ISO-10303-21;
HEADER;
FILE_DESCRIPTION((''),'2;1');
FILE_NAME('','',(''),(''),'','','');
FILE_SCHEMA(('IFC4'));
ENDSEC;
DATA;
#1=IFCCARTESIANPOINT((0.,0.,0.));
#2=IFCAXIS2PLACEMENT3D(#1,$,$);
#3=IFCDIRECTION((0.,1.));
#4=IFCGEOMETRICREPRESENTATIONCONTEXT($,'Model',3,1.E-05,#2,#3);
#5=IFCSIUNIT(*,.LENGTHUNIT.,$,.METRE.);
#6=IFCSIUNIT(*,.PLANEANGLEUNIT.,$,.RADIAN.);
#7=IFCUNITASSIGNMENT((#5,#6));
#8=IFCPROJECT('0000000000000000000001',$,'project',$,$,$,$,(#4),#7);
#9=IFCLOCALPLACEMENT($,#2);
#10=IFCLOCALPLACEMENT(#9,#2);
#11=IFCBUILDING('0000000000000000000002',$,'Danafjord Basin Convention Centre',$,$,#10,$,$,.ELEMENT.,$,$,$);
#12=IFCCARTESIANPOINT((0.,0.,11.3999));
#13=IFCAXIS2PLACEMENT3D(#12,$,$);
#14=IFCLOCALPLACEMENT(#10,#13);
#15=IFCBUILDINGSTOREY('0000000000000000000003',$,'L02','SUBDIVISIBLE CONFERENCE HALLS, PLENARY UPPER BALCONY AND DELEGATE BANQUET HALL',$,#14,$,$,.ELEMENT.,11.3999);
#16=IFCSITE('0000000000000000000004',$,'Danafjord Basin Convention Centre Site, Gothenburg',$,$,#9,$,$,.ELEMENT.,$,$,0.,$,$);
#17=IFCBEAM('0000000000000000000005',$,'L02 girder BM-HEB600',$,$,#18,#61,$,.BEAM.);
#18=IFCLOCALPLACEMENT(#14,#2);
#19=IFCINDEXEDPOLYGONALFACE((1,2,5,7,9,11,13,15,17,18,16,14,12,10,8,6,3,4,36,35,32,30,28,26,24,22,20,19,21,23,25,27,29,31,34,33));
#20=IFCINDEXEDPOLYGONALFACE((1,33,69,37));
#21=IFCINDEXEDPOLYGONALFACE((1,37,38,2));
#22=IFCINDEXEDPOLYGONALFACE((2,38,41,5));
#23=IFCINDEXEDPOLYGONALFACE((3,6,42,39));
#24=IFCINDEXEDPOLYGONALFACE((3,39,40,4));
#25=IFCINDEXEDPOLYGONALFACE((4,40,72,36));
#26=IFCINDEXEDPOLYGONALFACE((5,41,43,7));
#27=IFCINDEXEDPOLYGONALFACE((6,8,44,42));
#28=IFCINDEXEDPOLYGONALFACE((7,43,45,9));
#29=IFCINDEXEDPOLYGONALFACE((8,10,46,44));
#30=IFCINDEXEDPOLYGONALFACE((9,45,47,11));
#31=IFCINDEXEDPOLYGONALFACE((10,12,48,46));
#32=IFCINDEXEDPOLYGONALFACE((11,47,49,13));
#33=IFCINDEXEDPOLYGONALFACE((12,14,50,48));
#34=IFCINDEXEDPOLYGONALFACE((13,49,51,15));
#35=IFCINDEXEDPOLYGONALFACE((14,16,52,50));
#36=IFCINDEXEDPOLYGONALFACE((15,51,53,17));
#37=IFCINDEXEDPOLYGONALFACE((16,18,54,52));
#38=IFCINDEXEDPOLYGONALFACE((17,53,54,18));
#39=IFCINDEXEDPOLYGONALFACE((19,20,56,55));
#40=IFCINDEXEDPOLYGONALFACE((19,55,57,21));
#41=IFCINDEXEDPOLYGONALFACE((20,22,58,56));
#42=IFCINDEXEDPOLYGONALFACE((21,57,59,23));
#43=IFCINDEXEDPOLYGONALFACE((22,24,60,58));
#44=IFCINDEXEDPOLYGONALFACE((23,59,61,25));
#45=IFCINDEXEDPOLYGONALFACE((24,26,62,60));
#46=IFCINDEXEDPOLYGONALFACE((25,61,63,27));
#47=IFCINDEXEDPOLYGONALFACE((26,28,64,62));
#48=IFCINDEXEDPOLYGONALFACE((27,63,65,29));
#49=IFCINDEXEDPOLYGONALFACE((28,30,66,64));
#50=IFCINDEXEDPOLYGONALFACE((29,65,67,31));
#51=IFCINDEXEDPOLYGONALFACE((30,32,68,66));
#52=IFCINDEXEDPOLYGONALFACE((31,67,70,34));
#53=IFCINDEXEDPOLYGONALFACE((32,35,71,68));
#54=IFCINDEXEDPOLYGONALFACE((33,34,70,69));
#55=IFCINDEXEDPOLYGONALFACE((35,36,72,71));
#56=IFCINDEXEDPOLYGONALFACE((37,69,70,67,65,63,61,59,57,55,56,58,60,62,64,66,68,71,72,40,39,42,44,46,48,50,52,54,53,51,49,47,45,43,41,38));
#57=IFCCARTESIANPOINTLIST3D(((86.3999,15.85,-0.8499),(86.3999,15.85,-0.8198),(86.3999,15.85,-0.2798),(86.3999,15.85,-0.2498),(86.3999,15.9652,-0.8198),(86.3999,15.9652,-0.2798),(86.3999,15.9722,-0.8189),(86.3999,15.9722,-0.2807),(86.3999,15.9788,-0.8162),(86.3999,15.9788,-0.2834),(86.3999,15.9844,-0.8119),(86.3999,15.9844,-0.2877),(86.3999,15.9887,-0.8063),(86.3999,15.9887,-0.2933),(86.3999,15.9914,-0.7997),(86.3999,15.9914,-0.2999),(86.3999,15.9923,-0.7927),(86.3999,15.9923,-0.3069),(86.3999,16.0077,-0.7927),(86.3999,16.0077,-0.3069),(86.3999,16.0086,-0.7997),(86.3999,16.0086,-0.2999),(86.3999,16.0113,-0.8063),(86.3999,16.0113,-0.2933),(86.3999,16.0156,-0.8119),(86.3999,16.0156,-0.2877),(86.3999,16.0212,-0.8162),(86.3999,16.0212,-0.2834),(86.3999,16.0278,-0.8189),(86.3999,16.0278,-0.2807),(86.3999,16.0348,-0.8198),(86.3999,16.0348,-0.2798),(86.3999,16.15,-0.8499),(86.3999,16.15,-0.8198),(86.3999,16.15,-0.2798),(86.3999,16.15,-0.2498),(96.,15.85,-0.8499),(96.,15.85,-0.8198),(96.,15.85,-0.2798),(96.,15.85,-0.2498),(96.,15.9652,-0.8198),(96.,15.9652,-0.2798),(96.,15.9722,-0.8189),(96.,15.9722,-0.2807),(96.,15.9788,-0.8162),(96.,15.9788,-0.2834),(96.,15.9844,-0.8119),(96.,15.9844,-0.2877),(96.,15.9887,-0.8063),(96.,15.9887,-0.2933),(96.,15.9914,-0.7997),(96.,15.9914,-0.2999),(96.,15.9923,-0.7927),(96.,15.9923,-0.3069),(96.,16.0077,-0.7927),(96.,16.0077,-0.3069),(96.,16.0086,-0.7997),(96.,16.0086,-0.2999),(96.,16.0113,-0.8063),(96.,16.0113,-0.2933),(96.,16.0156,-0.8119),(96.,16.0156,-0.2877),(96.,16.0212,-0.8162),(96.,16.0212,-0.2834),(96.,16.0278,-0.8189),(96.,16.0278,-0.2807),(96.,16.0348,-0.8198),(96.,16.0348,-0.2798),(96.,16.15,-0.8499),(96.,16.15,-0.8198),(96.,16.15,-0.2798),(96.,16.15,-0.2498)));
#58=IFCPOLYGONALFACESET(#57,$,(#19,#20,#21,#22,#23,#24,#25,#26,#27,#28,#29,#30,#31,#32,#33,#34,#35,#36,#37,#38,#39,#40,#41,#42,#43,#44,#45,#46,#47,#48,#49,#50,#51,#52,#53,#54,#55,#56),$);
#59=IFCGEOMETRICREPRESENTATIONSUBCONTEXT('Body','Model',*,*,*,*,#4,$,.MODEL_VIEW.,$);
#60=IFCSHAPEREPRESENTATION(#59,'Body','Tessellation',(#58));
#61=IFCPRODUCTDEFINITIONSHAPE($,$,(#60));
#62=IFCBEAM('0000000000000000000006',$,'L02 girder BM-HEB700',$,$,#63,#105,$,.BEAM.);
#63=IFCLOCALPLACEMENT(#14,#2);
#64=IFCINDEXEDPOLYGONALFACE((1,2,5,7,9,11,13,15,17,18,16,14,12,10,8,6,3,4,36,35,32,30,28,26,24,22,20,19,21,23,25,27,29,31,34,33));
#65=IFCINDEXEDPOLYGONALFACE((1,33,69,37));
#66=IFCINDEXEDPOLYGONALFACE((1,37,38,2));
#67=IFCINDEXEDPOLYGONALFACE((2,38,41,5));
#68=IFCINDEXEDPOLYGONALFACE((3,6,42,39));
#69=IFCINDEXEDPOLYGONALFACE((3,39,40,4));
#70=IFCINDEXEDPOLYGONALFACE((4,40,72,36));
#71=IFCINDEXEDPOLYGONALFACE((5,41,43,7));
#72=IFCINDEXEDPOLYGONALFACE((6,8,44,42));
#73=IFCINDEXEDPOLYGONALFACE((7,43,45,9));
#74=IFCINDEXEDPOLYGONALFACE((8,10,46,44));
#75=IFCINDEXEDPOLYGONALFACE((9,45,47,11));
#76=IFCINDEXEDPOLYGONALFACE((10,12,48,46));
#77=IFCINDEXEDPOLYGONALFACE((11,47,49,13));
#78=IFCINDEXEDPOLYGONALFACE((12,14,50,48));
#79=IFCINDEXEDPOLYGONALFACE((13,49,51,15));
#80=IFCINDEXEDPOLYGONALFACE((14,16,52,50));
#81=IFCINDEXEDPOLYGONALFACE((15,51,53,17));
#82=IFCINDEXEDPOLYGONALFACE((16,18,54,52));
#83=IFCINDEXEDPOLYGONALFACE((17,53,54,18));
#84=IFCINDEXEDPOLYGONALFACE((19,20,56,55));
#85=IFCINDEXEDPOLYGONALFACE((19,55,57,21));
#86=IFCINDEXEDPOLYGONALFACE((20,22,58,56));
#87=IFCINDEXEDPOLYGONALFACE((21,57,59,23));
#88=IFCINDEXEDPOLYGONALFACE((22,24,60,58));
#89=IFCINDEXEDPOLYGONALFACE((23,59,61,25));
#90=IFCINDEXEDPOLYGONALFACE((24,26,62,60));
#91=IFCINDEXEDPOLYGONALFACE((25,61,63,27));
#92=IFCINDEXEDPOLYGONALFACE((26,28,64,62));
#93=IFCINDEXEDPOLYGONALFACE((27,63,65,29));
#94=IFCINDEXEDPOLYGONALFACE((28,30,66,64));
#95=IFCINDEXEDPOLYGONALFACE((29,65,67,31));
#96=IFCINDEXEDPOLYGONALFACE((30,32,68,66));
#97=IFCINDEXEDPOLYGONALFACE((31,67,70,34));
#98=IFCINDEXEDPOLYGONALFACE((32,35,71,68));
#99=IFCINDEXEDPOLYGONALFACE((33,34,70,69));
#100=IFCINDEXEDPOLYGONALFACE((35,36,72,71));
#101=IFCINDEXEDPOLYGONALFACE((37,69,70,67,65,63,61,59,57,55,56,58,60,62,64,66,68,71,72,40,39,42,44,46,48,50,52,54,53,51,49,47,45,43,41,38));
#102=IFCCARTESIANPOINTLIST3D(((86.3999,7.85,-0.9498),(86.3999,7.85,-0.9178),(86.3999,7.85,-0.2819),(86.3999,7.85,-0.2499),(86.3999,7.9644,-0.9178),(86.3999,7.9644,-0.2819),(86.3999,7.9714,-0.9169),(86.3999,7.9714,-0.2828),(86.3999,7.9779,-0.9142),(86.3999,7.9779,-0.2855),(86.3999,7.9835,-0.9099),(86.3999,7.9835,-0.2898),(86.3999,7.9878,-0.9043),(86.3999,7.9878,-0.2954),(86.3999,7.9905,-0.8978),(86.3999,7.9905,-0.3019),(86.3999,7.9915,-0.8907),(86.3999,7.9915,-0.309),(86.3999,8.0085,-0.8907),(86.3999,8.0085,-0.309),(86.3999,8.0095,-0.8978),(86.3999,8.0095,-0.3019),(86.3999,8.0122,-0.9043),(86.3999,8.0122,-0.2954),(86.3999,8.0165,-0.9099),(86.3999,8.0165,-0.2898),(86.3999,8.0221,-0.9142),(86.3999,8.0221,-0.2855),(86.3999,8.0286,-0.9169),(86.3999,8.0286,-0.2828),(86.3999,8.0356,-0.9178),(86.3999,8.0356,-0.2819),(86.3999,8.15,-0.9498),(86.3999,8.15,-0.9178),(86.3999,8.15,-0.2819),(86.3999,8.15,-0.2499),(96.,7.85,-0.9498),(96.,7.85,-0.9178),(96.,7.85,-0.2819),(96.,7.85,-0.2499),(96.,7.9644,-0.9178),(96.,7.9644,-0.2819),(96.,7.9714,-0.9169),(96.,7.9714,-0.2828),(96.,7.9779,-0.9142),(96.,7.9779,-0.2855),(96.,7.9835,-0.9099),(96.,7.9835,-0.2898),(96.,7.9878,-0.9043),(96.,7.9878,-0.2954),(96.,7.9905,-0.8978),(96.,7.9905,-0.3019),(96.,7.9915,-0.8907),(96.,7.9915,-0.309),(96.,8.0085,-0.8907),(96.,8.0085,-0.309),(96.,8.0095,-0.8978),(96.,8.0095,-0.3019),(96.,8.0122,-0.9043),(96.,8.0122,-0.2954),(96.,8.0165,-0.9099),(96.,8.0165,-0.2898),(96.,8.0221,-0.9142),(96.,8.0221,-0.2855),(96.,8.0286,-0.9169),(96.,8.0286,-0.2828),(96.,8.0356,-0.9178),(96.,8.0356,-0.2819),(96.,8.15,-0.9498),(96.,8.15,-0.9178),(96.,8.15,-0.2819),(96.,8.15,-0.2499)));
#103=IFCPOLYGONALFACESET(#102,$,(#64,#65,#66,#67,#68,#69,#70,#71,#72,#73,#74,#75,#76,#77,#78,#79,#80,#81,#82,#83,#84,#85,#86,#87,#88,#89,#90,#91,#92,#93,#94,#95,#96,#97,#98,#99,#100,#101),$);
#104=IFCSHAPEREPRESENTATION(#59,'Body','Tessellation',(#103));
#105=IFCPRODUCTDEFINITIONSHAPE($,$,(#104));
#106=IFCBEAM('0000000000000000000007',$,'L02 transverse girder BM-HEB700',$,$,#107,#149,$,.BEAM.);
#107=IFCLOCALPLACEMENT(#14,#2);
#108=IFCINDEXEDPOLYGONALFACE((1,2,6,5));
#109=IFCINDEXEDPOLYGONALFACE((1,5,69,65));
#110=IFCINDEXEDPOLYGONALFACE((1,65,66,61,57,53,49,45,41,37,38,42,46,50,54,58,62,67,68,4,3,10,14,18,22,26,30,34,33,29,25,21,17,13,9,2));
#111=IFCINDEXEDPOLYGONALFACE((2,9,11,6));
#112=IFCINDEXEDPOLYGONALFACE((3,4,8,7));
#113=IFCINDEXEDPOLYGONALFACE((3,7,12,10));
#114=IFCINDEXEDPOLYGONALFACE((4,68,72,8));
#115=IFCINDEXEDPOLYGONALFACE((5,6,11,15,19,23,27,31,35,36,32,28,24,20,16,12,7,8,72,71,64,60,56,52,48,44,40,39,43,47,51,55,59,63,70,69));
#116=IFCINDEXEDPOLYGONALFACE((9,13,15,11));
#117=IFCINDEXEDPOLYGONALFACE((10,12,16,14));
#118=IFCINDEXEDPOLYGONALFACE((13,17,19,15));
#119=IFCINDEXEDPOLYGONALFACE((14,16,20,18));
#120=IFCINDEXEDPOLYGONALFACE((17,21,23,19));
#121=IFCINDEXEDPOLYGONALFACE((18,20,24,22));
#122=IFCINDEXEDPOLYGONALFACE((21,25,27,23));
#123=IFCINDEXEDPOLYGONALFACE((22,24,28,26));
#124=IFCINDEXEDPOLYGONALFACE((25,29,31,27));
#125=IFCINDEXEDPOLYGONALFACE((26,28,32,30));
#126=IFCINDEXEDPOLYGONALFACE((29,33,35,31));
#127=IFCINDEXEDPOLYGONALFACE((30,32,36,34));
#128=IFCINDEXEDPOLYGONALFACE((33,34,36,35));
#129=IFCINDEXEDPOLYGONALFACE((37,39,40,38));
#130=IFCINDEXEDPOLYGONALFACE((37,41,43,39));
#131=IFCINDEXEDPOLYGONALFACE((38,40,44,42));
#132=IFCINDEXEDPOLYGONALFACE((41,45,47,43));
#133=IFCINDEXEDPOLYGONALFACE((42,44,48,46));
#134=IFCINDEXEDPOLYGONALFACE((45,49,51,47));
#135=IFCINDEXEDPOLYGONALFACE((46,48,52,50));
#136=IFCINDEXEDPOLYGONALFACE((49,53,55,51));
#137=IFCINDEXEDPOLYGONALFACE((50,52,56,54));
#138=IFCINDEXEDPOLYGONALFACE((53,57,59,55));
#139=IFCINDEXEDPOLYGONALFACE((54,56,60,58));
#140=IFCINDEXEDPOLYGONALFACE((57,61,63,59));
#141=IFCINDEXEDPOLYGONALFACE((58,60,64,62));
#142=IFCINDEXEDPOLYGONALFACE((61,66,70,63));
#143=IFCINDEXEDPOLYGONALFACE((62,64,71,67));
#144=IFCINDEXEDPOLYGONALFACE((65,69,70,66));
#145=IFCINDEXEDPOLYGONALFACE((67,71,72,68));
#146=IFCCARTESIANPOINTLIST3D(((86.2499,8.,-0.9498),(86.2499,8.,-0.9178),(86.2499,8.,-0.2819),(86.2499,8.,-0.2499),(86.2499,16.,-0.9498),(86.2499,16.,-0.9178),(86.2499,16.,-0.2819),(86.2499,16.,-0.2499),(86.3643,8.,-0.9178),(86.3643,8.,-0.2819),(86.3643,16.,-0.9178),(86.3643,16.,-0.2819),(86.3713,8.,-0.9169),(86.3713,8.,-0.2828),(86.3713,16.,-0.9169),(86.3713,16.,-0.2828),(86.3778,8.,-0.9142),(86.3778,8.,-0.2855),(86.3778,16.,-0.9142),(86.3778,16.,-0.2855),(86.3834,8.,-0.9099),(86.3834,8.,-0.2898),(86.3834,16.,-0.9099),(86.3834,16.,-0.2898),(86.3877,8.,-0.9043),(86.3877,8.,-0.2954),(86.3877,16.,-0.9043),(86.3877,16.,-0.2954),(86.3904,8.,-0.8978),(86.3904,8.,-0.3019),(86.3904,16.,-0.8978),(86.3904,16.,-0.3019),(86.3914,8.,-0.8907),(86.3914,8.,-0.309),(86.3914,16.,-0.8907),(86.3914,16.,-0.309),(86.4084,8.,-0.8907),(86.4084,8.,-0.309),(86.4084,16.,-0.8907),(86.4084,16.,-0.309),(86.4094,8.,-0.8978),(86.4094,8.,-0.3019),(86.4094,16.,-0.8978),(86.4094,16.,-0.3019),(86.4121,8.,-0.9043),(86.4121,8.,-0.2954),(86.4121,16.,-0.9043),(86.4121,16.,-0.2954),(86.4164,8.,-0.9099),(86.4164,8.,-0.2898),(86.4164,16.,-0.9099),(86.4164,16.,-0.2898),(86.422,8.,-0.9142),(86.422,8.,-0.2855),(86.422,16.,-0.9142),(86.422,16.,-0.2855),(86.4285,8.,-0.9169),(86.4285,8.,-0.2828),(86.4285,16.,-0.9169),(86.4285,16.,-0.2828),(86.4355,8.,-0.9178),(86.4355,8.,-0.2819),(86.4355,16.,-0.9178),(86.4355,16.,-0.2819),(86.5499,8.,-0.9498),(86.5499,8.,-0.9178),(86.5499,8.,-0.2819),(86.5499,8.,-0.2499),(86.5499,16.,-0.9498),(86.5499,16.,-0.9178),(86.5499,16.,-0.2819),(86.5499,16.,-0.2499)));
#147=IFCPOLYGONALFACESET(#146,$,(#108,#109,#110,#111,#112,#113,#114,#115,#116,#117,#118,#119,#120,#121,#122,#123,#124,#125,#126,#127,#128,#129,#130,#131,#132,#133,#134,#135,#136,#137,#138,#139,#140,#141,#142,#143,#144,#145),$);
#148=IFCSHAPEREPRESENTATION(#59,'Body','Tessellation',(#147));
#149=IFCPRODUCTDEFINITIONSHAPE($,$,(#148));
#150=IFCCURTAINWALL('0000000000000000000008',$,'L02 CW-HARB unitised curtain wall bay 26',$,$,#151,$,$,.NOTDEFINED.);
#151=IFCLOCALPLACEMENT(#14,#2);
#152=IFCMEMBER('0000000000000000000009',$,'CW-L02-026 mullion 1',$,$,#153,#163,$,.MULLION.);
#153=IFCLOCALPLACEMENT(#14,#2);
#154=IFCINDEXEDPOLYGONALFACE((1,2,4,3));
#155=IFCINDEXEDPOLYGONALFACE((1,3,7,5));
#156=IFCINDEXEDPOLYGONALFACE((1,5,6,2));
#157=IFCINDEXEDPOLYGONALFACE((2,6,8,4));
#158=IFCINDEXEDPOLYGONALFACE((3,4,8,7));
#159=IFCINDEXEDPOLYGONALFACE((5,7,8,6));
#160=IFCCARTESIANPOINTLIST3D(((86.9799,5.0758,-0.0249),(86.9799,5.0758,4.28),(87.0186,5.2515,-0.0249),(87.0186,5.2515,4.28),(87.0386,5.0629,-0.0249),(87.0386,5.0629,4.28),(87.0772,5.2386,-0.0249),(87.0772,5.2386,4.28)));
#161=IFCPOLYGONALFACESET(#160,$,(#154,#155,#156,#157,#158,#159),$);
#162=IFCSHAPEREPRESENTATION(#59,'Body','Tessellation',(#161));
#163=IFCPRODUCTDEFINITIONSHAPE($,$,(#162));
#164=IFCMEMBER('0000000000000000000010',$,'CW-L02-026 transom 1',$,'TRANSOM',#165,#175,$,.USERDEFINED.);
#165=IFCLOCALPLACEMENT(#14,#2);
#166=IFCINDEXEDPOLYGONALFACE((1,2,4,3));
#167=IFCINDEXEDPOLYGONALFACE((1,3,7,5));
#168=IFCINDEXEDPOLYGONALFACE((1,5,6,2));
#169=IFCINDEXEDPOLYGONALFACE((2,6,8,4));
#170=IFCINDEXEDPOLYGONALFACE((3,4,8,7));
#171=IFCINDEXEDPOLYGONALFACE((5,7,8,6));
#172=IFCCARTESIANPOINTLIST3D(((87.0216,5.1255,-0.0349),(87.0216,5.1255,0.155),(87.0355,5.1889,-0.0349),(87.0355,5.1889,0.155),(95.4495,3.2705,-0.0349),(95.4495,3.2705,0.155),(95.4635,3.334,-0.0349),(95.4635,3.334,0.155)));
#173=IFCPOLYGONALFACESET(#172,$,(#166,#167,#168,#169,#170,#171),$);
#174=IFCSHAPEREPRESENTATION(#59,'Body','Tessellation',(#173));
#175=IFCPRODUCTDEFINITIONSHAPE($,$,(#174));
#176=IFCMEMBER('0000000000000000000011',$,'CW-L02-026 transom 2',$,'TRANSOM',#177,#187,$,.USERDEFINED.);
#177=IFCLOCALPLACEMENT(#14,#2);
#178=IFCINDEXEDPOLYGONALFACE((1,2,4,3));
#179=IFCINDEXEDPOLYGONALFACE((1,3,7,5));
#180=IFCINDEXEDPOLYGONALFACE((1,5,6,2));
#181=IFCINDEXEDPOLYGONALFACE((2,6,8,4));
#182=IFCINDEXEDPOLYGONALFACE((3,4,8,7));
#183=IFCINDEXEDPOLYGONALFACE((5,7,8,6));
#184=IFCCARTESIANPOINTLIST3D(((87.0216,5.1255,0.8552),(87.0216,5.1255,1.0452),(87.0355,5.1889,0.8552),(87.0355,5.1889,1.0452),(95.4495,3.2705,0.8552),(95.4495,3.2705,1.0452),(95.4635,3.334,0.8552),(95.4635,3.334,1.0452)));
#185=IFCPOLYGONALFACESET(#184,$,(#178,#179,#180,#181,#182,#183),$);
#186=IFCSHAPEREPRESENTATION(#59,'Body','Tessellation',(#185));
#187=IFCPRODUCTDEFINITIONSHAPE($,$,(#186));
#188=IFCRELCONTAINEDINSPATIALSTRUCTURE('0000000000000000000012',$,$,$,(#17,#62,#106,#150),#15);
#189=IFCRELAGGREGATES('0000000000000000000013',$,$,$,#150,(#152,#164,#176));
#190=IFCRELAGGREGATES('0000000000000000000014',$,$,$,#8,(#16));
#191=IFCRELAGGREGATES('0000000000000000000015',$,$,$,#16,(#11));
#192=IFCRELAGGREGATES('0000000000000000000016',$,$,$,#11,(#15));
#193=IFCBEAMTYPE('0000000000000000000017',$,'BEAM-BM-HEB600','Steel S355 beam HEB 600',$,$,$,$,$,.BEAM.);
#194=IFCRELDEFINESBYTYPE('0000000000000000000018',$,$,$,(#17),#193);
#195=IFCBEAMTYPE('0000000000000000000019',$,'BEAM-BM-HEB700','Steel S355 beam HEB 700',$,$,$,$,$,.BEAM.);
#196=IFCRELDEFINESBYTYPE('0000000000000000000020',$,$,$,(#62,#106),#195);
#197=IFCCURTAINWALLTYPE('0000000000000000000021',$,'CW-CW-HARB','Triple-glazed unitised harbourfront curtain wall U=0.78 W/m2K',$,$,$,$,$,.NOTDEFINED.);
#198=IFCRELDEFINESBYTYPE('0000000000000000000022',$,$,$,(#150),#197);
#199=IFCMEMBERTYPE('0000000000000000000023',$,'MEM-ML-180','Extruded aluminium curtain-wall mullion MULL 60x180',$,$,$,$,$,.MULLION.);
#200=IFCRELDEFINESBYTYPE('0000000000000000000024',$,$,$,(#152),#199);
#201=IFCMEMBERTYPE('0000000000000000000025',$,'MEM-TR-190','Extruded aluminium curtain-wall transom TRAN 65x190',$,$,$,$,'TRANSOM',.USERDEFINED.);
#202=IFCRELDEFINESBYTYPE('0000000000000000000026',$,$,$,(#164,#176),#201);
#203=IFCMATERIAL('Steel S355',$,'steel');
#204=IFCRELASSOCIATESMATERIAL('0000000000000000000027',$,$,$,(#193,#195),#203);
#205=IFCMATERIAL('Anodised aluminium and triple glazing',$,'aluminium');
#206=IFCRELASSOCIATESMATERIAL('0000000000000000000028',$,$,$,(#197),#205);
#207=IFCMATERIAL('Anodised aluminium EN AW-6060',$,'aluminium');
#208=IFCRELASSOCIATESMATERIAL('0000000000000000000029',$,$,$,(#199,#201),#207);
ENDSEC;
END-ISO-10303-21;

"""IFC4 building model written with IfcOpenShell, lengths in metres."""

from ifc_helpers import new_model, si_unit, direction, frame, origin, origin_2d, place, context, subcontext, project, spatial, rectangle, i_section, extrude, material, material_profile, profile_set, type_object, element, aggregate, save


model = new_model("IFC4")

# Units and contexts
model_context = context("Model", 3, precision=1e-05, world=origin(), true_north=direction((0.0, 1.0)))
body_context = subcontext(model_context, "Body", "Model", "MODEL_VIEW")
ifc_project = project(units=[si_unit("LENGTHUNIT", "METRE"), si_unit("PLANEANGLEUNIT", "RADIAN")], contexts=[model_context])

# Site, building, storey
site_placement = place(None, origin())
site = spatial("IfcSite", under=ifc_project, at=site_placement, Name="Danafjord Basin Convention Centre Site, Gothenburg", CompositionType="ELEMENT", RefElevation=0.0)
building_placement = place(site_placement, origin())
building = spatial("IfcBuilding", under=site, at=building_placement, Name="Danafjord Basin Convention Centre", CompositionType="ELEMENT")
storey_placement = place(building_placement, frame((0.0, 0.0, 11.3999)))
storey = spatial("IfcBuildingStorey", under=building, at=storey_placement, Name="L02", Description="SUBDIVISIBLE CONFERENCE HALLS, PLENARY UPPER BALCONY AND DELEGATE BANQUET HALL", CompositionType="ELEMENT", Elevation=11.3999)

# Shared definitions
ifc_material_1 = material(Name="Steel S355", Category="steel")

# Beams
ifc_material_profile_1 = material_profile(ifc_material_1, i_section(OverallWidth=0.3, OverallDepth=0.6001, WebThickness=0.0154, FlangeThickness=0.03, FilletRadius=0.0271, at=origin_2d()), Name="HEB 600")
ifc_profile_set_1 = profile_set([ifc_material_profile_1], Name="Steel S355")
beam_type_1 = type_object("IfcBeamType", Name="BEAM-BM-HEB600", Description="Steel S355 beam HEB 600", PredefinedType="BEAM", material=ifc_profile_set_1)
beam_1_placement = place(storey_placement, frame((86.3999, 16.0, -0.5498), z_axis=(1.0, 0.0, 0.0), x_axis=(0.0, 1.0, 0.0)))
element("IfcBeam", 1, at=beam_1_placement, inside=storey, type_object=beam_type_1, Name="L02 girder BM-HEB600", PredefinedType="BEAM", context=body_context, shape_type="SweptSolid", body=[
    extrude(i_section(OverallWidth=0.3, OverallDepth=0.6001, WebThickness=0.0154, FlangeThickness=0.03, FilletRadius=0.0271, at=origin_2d()), origin(), (0.0, 0.0, 1.0), 9.6001),
])
ifc_material_profile_2 = material_profile(ifc_material_1, i_section(OverallWidth=0.3, OverallDepth=0.7, WebThickness=0.0171, FlangeThickness=0.032, FilletRadius=0.0271, at=origin_2d()), Name="HEB 700")
ifc_profile_set_2 = profile_set([ifc_material_profile_2], Name="Steel S355")
beam_type_2 = type_object("IfcBeamType", Name="BEAM-BM-HEB700", Description="Steel S355 beam HEB 700", PredefinedType="BEAM", material=ifc_profile_set_2)
beam_2_placement = place(storey_placement, frame((86.3999, 8.0, -0.5999), z_axis=(1.0, 0.0, 0.0), x_axis=(0.0, 1.0, 0.0)))
element("IfcBeam", 2, at=beam_2_placement, inside=storey, type_object=beam_type_2, Name="L02 girder BM-HEB700", PredefinedType="BEAM", context=body_context, shape_type="SweptSolid", body=[
    extrude(i_section(OverallWidth=0.3, OverallDepth=0.7, WebThickness=0.0171, FlangeThickness=0.032, FilletRadius=0.0271, at=origin_2d()), origin(), (0.0, 0.0, 1.0), 9.6001),
])
beam_3_placement = place(storey_placement, frame((86.3999, 8.0, -0.5999), z_axis=(0.0, 1.0, 0.0), x_axis=(-1.0, 0.0, 0.0)))
element("IfcBeam", 3, at=beam_3_placement, inside=storey, type_object=beam_type_2, Name="L02 transverse girder BM-HEB700", PredefinedType="BEAM", context=body_context, shape_type="SweptSolid", body=[
    extrude(i_section(OverallWidth=0.3, OverallDepth=0.7, WebThickness=0.0171, FlangeThickness=0.032, FilletRadius=0.0271, at=origin_2d()), origin(), (0.0, 0.0, 1.0), 8.0),
])

# Curtain wall, members
ifc_material_2 = material(Name="Anodised aluminium and triple glazing", Category="aluminium")
curtain_wall_type = type_object("IfcCurtainWallType", Name="CW-CW-HARB", Description="Triple-glazed unitised harbourfront curtain wall U=0.78 W/m2K", PredefinedType="NOTDEFINED", material=ifc_material_2)
curtain_wall_placement = place(storey_placement, origin())
curtain_wall = element("IfcCurtainWall", 4, at=curtain_wall_placement, inside=storey, type_object=curtain_wall_type, Name="L02 CW-HARB unitised curtain wall bay 26", PredefinedType="NOTDEFINED")
ifc_material_3 = material(Name="Anodised aluminium EN AW-6060", Category="aluminium")
ifc_material_profile_3 = material_profile(ifc_material_3, rectangle(XDim=0.0601, YDim=0.1799, at=origin_2d()), Name="MULL 60x180")
ifc_profile_set_3 = profile_set([ifc_material_profile_3], Name="Anodised aluminium EN AW-6060")
member_type_1 = type_object("IfcMemberType", Name="MEM-ML-180", Description="Extruded aluminium curtain-wall mullion MULL 60x180", PredefinedType="MULLION", material=ifc_profile_set_3)
member_1_placement = place(storey_placement, frame((87.0286, 5.1572, -0.0249), z_axis=(0.0, 0.0, 1.0), x_axis=(0.976623, -0.214959, 0.0)))
member_1 = element("IfcMember", 5, at=member_1_placement, type_object=member_type_1, Name="CW-L02-026 mullion 1", PredefinedType="MULLION", context=body_context, shape_type="SweptSolid", body=[
    extrude(rectangle(XDim=0.0601, YDim=0.1799, at=origin_2d()), origin(), (0.0, 0.0, 1.0), 4.3049),
])
ifc_material_profile_4 = material_profile(ifc_material_3, rectangle(XDim=0.0649, YDim=0.1899, at=origin_2d()), Name="TRAN 65x190")
ifc_profile_set_4 = profile_set([ifc_material_profile_4], Name="Anodised aluminium EN AW-6060")
member_type_2 = type_object("IfcMemberType", Name="MEM-TR-190", Description="Extruded aluminium curtain-wall transom TRAN 65x190", ElementType="TRANSOM", PredefinedType="USERDEFINED", material=ifc_profile_set_4)
member_2_placement = place(storey_placement, frame((87.0286, 5.1572, 0.0601), z_axis=(0.976624, -0.214953, 0.0), x_axis=(0.214953, 0.976624, 0.0)))
member_2 = element("IfcMember", 6, at=member_2_placement, type_object=member_type_2, Name="CW-L02-026 transom 1", ObjectType="TRANSOM", PredefinedType="USERDEFINED", context=body_context, shape_type="SweptSolid", body=[
    extrude(rectangle(XDim=0.0649, YDim=0.1899, at=origin_2d()), origin(), (0.0, 0.0, 1.0), 8.6296),
])
member_3_placement = place(storey_placement, frame((87.0286, 5.1572, 0.9502), z_axis=(0.976624, -0.214953, 0.0), x_axis=(0.214953, 0.976624, 0.0)))
member_3 = element("IfcMember", 7, at=member_3_placement, type_object=member_type_2, Name="CW-L02-026 transom 2", ObjectType="TRANSOM", PredefinedType="USERDEFINED", context=body_context, shape_type="SweptSolid", body=[
    extrude(rectangle(XDim=0.0649, YDim=0.1899, at=origin_2d()), origin(), (0.0, 0.0, 1.0), 8.6296),
])
aggregate(curtain_wall, [member_1, member_2, member_3])

save(model, "model.ifc")
